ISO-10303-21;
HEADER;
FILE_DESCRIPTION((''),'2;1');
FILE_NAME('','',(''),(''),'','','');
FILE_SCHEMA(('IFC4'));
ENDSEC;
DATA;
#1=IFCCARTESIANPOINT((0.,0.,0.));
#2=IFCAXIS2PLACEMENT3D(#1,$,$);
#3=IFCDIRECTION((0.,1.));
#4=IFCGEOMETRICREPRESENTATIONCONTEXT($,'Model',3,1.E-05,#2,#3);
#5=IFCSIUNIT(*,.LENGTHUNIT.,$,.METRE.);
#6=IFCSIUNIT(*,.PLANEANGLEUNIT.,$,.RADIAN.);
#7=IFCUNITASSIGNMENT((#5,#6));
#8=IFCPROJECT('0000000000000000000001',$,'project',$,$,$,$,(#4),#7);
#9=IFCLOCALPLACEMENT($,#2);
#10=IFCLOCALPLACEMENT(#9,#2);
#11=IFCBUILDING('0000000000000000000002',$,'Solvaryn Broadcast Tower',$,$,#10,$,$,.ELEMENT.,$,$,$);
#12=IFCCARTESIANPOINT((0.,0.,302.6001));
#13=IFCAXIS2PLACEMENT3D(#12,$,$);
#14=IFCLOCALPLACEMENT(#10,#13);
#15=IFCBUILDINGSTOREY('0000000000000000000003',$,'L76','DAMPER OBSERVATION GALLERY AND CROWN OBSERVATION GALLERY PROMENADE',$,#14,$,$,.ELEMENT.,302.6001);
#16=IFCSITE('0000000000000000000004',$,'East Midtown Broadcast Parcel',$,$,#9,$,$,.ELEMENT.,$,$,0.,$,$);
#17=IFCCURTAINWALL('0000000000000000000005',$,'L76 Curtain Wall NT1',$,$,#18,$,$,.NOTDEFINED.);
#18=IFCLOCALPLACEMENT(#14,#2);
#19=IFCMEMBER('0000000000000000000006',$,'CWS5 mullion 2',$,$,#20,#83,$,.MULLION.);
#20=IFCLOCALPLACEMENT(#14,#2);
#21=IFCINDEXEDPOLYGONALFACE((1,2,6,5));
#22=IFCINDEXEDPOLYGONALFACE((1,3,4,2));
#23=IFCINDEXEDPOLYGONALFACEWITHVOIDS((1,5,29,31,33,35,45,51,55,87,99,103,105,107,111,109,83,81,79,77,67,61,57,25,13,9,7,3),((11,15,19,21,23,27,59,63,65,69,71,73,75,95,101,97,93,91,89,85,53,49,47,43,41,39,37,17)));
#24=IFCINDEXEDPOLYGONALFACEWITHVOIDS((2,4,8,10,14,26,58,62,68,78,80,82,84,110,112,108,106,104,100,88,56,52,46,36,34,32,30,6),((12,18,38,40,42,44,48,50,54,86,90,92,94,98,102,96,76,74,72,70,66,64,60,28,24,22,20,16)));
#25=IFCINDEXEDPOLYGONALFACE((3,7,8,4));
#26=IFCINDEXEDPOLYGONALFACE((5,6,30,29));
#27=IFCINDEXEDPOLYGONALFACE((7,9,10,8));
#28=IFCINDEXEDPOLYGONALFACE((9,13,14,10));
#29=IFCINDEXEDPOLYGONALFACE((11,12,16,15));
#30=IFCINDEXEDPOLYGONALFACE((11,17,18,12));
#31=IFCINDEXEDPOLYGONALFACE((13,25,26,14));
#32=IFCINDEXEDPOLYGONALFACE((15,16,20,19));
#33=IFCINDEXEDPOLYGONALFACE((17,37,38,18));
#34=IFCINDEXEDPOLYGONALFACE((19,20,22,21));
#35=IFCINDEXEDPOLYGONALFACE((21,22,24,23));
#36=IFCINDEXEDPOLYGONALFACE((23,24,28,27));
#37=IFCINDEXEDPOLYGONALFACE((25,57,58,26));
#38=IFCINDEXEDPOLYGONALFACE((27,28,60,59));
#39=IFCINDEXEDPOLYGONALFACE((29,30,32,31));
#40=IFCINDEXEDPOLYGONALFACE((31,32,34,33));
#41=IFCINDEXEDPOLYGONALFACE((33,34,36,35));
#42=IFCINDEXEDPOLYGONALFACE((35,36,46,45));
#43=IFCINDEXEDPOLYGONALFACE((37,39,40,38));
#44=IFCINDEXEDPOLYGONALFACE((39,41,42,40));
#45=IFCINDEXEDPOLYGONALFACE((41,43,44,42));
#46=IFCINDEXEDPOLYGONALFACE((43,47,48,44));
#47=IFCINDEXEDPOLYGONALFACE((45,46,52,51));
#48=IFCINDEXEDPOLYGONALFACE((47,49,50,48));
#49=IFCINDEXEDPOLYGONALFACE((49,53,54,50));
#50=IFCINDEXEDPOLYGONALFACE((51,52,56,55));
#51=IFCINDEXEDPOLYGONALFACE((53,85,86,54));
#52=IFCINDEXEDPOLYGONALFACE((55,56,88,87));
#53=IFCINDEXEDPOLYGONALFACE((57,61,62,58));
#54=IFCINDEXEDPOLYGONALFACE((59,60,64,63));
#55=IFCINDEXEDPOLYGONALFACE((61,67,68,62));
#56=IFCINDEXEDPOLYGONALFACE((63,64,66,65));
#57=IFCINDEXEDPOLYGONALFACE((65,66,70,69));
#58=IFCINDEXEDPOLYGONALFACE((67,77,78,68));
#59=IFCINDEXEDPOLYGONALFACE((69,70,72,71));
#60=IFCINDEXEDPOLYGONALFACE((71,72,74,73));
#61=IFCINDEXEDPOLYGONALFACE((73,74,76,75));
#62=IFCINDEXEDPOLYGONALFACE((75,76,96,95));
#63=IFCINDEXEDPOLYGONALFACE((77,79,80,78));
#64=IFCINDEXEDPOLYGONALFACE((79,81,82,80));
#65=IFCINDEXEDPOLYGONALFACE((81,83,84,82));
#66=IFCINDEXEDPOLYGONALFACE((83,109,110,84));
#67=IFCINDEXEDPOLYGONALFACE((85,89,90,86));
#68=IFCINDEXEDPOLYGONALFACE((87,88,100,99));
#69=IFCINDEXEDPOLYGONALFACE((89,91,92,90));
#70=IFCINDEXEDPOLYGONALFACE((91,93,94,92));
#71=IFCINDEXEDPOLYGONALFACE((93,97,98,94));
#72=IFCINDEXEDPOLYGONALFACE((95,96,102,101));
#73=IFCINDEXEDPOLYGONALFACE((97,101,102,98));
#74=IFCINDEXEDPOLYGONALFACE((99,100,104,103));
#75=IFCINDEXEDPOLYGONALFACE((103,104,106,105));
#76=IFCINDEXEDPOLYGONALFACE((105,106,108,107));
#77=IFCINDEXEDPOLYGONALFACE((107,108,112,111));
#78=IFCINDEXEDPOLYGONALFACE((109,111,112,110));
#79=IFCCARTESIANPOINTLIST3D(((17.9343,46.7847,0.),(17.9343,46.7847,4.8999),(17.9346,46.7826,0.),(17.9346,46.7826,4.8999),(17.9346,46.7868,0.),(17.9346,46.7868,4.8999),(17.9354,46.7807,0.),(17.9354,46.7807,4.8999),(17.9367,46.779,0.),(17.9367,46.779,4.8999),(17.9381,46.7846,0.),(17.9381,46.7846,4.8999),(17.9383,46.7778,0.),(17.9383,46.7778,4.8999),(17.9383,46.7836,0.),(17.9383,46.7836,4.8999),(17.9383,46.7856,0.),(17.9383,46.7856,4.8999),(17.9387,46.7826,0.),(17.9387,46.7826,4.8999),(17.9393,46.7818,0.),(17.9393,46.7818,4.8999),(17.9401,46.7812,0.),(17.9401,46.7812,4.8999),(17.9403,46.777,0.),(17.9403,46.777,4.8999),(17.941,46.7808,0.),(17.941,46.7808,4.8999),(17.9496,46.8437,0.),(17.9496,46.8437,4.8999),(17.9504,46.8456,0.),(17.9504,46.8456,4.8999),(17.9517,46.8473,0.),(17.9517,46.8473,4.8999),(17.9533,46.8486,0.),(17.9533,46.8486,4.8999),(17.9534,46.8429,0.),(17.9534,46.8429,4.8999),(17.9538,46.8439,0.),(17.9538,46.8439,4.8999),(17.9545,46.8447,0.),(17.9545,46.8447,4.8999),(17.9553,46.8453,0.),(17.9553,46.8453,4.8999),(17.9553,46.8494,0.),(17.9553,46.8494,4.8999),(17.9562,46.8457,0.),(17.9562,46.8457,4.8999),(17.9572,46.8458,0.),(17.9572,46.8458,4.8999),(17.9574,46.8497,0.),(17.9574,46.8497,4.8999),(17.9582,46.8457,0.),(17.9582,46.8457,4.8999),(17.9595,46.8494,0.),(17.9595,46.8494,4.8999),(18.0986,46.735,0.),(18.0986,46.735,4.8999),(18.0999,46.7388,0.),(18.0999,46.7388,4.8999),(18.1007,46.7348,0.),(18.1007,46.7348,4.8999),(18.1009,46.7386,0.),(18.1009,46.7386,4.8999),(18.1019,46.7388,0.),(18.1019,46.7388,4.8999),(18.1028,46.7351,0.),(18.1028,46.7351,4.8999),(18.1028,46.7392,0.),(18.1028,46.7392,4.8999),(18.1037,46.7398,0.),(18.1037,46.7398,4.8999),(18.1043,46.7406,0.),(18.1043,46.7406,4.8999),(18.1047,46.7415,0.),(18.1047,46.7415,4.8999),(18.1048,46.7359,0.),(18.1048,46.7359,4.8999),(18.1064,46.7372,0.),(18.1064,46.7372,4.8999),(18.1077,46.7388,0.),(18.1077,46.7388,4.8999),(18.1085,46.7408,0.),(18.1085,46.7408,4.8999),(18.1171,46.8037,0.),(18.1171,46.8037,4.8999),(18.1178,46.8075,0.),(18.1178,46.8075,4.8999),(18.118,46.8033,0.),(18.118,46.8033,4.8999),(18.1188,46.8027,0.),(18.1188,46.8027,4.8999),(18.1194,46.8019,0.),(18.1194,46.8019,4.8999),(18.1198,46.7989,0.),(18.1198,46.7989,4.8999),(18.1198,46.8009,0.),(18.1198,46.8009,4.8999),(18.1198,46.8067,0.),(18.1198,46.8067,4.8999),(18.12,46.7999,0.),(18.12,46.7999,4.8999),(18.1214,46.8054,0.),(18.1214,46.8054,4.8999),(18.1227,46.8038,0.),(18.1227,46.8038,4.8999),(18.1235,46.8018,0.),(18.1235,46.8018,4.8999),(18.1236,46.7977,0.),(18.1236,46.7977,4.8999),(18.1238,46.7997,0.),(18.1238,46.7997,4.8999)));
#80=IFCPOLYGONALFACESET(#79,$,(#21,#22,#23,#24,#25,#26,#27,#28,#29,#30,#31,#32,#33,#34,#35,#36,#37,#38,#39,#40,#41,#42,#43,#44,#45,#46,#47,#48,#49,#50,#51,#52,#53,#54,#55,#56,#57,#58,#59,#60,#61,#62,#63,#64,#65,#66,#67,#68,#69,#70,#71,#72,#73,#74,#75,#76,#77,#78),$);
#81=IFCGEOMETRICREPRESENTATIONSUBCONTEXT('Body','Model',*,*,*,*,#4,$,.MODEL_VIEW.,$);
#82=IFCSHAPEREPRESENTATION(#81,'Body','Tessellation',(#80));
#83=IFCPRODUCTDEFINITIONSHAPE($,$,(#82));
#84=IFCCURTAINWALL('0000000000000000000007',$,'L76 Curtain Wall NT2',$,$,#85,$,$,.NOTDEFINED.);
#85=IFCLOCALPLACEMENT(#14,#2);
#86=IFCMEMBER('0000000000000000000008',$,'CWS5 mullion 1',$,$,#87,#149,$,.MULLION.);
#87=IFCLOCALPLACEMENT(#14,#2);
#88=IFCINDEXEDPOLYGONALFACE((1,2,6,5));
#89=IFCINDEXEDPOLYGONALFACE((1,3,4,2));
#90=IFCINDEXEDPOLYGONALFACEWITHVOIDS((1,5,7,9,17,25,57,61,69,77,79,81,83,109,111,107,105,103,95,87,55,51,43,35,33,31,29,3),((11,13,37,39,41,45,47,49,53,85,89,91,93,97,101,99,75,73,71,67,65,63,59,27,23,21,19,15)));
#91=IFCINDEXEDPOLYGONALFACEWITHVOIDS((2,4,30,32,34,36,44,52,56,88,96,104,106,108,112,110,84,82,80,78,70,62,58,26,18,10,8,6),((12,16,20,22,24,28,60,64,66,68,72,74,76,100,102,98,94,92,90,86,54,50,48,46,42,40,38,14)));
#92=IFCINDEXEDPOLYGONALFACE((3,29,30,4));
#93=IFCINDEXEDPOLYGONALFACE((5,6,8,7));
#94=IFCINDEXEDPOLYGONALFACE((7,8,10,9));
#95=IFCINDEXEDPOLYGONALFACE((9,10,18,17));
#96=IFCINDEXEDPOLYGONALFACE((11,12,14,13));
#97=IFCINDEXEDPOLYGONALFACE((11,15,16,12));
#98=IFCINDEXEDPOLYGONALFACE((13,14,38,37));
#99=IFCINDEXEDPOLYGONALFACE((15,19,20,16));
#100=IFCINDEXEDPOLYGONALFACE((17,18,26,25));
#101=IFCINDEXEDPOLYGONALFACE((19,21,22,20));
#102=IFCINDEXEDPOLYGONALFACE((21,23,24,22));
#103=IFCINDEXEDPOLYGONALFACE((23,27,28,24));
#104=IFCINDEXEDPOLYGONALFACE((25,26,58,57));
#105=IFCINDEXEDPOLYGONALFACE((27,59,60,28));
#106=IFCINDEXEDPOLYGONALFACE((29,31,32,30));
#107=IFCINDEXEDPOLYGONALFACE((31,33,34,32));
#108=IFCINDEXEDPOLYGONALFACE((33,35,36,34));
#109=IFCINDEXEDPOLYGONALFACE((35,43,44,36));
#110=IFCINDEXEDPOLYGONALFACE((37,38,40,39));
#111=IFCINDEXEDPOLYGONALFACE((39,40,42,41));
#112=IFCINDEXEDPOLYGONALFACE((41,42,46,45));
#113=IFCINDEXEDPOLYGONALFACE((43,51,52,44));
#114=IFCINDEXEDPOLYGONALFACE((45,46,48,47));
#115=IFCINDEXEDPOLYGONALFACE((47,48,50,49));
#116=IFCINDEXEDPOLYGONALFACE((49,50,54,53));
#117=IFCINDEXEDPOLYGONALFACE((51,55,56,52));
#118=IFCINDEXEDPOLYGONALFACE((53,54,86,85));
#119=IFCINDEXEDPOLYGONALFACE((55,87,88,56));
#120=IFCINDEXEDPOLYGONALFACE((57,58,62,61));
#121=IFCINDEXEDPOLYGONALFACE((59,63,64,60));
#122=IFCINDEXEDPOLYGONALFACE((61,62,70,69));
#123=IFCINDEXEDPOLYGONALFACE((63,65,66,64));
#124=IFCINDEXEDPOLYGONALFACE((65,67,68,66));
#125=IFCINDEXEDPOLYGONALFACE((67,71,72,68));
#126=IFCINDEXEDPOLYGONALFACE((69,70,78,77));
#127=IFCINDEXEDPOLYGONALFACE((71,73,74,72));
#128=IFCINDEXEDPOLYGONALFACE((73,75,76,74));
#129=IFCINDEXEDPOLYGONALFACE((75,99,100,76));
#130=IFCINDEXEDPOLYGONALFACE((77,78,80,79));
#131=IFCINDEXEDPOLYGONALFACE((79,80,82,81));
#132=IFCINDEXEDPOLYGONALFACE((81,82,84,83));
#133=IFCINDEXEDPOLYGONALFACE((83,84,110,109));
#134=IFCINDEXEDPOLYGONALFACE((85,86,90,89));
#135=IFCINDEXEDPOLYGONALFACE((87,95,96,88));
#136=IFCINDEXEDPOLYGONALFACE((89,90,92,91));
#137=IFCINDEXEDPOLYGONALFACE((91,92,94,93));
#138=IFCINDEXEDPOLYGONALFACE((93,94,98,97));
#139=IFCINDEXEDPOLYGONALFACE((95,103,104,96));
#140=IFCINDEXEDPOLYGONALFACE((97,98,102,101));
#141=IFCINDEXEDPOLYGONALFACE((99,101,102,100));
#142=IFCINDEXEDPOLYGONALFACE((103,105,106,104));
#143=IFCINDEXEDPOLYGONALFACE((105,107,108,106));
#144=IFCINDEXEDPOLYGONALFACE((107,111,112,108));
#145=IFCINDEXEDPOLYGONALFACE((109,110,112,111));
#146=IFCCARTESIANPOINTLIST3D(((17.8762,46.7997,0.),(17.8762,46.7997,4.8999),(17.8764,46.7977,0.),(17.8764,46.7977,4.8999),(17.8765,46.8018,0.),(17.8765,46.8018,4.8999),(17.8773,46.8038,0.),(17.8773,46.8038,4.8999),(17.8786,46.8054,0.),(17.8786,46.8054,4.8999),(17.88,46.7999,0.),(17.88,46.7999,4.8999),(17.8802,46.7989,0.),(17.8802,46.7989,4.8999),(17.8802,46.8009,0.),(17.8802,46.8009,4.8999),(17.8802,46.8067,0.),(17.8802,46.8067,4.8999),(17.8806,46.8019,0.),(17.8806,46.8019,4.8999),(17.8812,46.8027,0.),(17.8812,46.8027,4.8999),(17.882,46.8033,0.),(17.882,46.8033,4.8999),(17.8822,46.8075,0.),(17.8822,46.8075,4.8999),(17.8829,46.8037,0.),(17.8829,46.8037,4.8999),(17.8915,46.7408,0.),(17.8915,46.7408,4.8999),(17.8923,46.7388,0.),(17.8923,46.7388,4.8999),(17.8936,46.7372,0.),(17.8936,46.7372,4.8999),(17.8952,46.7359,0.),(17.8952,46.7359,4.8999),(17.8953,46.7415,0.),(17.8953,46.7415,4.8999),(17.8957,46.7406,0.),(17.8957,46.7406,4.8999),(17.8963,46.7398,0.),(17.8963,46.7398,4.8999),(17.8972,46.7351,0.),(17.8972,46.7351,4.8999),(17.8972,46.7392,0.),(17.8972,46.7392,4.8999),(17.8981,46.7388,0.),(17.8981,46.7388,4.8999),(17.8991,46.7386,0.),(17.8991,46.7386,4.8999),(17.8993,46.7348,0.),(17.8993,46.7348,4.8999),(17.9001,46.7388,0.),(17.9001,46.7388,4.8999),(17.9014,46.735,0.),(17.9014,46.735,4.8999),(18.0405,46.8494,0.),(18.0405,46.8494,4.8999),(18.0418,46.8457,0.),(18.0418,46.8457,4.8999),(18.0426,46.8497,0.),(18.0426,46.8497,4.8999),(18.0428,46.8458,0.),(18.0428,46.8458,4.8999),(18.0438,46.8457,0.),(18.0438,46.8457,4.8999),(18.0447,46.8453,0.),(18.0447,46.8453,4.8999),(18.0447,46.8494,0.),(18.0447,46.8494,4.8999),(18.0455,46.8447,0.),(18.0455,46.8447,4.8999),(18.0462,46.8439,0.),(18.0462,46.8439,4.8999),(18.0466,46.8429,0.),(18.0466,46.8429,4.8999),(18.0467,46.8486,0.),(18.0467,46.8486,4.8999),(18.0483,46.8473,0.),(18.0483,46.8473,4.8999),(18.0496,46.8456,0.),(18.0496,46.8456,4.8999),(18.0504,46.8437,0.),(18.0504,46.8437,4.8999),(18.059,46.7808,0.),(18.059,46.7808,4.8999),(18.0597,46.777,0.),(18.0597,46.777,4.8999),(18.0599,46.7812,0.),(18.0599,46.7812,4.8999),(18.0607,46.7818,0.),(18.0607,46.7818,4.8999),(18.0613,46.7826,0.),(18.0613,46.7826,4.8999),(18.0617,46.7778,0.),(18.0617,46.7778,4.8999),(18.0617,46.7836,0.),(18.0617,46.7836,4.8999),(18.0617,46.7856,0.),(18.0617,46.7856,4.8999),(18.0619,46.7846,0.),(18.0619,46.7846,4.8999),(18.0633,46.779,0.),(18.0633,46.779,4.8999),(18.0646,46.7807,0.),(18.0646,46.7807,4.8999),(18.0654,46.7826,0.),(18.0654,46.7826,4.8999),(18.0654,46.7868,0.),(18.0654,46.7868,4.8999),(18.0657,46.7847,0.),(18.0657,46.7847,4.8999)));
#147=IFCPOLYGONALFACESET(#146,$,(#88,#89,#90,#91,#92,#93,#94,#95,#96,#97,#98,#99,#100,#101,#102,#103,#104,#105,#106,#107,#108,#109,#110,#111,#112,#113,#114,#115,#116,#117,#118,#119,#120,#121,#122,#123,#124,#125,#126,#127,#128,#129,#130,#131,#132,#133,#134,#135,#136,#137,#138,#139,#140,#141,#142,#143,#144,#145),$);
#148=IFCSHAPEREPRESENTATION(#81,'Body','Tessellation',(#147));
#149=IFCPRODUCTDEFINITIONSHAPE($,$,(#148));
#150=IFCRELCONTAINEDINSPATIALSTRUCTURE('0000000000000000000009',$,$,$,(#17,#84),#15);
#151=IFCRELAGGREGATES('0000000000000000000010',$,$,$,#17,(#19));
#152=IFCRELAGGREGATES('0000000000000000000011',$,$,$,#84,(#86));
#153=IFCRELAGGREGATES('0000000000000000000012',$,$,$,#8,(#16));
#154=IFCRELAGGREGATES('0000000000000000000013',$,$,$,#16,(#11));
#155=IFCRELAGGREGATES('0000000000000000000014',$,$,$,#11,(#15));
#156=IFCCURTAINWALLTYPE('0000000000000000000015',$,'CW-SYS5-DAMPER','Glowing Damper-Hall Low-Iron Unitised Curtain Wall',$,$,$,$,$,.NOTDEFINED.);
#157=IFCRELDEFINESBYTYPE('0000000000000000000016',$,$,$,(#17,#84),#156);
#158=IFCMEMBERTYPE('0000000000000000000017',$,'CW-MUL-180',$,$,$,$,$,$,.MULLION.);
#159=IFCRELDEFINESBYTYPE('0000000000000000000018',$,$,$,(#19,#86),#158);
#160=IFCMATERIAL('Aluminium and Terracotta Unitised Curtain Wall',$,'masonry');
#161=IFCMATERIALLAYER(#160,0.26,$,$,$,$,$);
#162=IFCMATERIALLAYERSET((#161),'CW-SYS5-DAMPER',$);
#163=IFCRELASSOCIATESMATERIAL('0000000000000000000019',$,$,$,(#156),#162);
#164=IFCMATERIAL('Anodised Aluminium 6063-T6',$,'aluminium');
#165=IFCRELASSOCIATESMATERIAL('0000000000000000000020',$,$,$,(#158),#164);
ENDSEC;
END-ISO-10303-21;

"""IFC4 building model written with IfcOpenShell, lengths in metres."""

from ifc_helpers import new_model, si_unit, direction, frame, origin, origin_2d, place, context, subcontext, project, spatial, hollow_rectangle, extrude, material, layer, layer_set, material_profile, profile_set, type_object, element, aggregate, save


model = new_model("IFC4")

# Units and contexts
model_context = context("Model", 3, precision=1e-05, world=origin(), true_north=direction((0.0, 1.0)))
body_context = subcontext(model_context, "Body", "Model", "MODEL_VIEW")
ifc_project = project(units=[si_unit("LENGTHUNIT", "METRE"), si_unit("PLANEANGLEUNIT", "RADIAN")], contexts=[model_context])

# Site, building, storey
site_placement = place(None, origin())
site = spatial("IfcSite", under=ifc_project, at=site_placement, Name="East Midtown Broadcast Parcel", CompositionType="ELEMENT", RefElevation=0.0)
building_placement = place(site_placement, origin())
building = spatial("IfcBuilding", under=site, at=building_placement, Name="Solvaryn Broadcast Tower", CompositionType="ELEMENT")
storey_placement = place(building_placement, frame((0.0, 0.0, 302.6001)))
storey = spatial("IfcBuildingStorey", under=building, at=storey_placement, Name="L76", Description="DAMPER OBSERVATION GALLERY AND CROWN OBSERVATION GALLERY PROMENADE", CompositionType="ELEMENT", Elevation=302.6001)

# Curtain wall, member
ifc_material_1 = material(Name="Aluminium and Terracotta Unitised Curtain Wall", Category="masonry")
ifc_layer_1 = layer(ifc_material_1, 0.26)
ifc_layer_set_1 = layer_set([ifc_layer_1], Name="CW-SYS5-DAMPER")
curtain_wall_type = type_object("IfcCurtainWallType", Name="CW-SYS5-DAMPER", Description="Glowing Damper-Hall Low-Iron Unitised Curtain Wall", PredefinedType="NOTDEFINED", material=ifc_layer_set_1)
ifc_material_2 = material(Name="Anodised Aluminium 6063-T6", Category="aluminium")
ifc_material_profile_1 = material_profile(ifc_material_2, hollow_rectangle(XDim=0.075, YDim=0.1799, WallThickness=0.0039, InnerFilletRadius=0.0039, OuterFilletRadius=0.0081, at=origin_2d()))
ifc_profile_set_1 = profile_set([ifc_material_profile_1], Name="Anodised Aluminium 6063-T6")
member_type_1 = type_object("IfcMemberType", Name="CW-MUL-180", PredefinedType="MULLION", material=ifc_profile_set_1)
curtain_wall_1_placement = place(storey_placement, origin())
curtain_wall_1 = element("IfcCurtainWall", 1, at=curtain_wall_1_placement, inside=storey, type_object=curtain_wall_type, Name="L76 Curtain Wall NT1", PredefinedType="NOTDEFINED")
member_1_placement = place(storey_placement, frame((18.0291, 46.7922, 0.0), z_axis=(0.0, 0.0, 1.0), x_axis=(-0.255893, -0.966705, 0.0)))
member_1 = element("IfcMember", 2, at=member_1_placement, type_object=member_type_1, Name="CWS5 mullion 2", PredefinedType="MULLION", context=body_context, shape_type="SweptSolid", body=[
    extrude(hollow_rectangle(XDim=0.075, YDim=0.1799, WallThickness=0.0039, InnerFilletRadius=0.0039, OuterFilletRadius=0.0081, at=origin_2d()), origin(), (0.0, 0.0, 1.0), 4.8999),
])
aggregate(curtain_wall_1, [member_1])

# Curtain wall, member
curtain_wall_2_placement = place(storey_placement, origin())
curtain_wall_2 = element("IfcCurtainWall", 3, at=curtain_wall_2_placement, inside=storey, type_object=curtain_wall_type, Name="L76 Curtain Wall NT2", PredefinedType="NOTDEFINED")
member_2_placement = place(storey_placement, frame((17.9709, 46.7922, 0.0), z_axis=(0.0, 0.0, 1.0), x_axis=(0.255893, -0.966705, 0.0)))
member_2 = element("IfcMember", 4, at=member_2_placement, type_object=member_type_1, Name="CWS5 mullion 1", PredefinedType="MULLION", context=body_context, shape_type="SweptSolid", body=[
    extrude(hollow_rectangle(XDim=0.075, YDim=0.1799, WallThickness=0.0039, InnerFilletRadius=0.0039, OuterFilletRadius=0.0081, at=origin_2d()), origin(), (0.0, 0.0, 1.0), 4.8999),
])

aggregate(curtain_wall_2, [member_2])

save(model, "model.ifc")
